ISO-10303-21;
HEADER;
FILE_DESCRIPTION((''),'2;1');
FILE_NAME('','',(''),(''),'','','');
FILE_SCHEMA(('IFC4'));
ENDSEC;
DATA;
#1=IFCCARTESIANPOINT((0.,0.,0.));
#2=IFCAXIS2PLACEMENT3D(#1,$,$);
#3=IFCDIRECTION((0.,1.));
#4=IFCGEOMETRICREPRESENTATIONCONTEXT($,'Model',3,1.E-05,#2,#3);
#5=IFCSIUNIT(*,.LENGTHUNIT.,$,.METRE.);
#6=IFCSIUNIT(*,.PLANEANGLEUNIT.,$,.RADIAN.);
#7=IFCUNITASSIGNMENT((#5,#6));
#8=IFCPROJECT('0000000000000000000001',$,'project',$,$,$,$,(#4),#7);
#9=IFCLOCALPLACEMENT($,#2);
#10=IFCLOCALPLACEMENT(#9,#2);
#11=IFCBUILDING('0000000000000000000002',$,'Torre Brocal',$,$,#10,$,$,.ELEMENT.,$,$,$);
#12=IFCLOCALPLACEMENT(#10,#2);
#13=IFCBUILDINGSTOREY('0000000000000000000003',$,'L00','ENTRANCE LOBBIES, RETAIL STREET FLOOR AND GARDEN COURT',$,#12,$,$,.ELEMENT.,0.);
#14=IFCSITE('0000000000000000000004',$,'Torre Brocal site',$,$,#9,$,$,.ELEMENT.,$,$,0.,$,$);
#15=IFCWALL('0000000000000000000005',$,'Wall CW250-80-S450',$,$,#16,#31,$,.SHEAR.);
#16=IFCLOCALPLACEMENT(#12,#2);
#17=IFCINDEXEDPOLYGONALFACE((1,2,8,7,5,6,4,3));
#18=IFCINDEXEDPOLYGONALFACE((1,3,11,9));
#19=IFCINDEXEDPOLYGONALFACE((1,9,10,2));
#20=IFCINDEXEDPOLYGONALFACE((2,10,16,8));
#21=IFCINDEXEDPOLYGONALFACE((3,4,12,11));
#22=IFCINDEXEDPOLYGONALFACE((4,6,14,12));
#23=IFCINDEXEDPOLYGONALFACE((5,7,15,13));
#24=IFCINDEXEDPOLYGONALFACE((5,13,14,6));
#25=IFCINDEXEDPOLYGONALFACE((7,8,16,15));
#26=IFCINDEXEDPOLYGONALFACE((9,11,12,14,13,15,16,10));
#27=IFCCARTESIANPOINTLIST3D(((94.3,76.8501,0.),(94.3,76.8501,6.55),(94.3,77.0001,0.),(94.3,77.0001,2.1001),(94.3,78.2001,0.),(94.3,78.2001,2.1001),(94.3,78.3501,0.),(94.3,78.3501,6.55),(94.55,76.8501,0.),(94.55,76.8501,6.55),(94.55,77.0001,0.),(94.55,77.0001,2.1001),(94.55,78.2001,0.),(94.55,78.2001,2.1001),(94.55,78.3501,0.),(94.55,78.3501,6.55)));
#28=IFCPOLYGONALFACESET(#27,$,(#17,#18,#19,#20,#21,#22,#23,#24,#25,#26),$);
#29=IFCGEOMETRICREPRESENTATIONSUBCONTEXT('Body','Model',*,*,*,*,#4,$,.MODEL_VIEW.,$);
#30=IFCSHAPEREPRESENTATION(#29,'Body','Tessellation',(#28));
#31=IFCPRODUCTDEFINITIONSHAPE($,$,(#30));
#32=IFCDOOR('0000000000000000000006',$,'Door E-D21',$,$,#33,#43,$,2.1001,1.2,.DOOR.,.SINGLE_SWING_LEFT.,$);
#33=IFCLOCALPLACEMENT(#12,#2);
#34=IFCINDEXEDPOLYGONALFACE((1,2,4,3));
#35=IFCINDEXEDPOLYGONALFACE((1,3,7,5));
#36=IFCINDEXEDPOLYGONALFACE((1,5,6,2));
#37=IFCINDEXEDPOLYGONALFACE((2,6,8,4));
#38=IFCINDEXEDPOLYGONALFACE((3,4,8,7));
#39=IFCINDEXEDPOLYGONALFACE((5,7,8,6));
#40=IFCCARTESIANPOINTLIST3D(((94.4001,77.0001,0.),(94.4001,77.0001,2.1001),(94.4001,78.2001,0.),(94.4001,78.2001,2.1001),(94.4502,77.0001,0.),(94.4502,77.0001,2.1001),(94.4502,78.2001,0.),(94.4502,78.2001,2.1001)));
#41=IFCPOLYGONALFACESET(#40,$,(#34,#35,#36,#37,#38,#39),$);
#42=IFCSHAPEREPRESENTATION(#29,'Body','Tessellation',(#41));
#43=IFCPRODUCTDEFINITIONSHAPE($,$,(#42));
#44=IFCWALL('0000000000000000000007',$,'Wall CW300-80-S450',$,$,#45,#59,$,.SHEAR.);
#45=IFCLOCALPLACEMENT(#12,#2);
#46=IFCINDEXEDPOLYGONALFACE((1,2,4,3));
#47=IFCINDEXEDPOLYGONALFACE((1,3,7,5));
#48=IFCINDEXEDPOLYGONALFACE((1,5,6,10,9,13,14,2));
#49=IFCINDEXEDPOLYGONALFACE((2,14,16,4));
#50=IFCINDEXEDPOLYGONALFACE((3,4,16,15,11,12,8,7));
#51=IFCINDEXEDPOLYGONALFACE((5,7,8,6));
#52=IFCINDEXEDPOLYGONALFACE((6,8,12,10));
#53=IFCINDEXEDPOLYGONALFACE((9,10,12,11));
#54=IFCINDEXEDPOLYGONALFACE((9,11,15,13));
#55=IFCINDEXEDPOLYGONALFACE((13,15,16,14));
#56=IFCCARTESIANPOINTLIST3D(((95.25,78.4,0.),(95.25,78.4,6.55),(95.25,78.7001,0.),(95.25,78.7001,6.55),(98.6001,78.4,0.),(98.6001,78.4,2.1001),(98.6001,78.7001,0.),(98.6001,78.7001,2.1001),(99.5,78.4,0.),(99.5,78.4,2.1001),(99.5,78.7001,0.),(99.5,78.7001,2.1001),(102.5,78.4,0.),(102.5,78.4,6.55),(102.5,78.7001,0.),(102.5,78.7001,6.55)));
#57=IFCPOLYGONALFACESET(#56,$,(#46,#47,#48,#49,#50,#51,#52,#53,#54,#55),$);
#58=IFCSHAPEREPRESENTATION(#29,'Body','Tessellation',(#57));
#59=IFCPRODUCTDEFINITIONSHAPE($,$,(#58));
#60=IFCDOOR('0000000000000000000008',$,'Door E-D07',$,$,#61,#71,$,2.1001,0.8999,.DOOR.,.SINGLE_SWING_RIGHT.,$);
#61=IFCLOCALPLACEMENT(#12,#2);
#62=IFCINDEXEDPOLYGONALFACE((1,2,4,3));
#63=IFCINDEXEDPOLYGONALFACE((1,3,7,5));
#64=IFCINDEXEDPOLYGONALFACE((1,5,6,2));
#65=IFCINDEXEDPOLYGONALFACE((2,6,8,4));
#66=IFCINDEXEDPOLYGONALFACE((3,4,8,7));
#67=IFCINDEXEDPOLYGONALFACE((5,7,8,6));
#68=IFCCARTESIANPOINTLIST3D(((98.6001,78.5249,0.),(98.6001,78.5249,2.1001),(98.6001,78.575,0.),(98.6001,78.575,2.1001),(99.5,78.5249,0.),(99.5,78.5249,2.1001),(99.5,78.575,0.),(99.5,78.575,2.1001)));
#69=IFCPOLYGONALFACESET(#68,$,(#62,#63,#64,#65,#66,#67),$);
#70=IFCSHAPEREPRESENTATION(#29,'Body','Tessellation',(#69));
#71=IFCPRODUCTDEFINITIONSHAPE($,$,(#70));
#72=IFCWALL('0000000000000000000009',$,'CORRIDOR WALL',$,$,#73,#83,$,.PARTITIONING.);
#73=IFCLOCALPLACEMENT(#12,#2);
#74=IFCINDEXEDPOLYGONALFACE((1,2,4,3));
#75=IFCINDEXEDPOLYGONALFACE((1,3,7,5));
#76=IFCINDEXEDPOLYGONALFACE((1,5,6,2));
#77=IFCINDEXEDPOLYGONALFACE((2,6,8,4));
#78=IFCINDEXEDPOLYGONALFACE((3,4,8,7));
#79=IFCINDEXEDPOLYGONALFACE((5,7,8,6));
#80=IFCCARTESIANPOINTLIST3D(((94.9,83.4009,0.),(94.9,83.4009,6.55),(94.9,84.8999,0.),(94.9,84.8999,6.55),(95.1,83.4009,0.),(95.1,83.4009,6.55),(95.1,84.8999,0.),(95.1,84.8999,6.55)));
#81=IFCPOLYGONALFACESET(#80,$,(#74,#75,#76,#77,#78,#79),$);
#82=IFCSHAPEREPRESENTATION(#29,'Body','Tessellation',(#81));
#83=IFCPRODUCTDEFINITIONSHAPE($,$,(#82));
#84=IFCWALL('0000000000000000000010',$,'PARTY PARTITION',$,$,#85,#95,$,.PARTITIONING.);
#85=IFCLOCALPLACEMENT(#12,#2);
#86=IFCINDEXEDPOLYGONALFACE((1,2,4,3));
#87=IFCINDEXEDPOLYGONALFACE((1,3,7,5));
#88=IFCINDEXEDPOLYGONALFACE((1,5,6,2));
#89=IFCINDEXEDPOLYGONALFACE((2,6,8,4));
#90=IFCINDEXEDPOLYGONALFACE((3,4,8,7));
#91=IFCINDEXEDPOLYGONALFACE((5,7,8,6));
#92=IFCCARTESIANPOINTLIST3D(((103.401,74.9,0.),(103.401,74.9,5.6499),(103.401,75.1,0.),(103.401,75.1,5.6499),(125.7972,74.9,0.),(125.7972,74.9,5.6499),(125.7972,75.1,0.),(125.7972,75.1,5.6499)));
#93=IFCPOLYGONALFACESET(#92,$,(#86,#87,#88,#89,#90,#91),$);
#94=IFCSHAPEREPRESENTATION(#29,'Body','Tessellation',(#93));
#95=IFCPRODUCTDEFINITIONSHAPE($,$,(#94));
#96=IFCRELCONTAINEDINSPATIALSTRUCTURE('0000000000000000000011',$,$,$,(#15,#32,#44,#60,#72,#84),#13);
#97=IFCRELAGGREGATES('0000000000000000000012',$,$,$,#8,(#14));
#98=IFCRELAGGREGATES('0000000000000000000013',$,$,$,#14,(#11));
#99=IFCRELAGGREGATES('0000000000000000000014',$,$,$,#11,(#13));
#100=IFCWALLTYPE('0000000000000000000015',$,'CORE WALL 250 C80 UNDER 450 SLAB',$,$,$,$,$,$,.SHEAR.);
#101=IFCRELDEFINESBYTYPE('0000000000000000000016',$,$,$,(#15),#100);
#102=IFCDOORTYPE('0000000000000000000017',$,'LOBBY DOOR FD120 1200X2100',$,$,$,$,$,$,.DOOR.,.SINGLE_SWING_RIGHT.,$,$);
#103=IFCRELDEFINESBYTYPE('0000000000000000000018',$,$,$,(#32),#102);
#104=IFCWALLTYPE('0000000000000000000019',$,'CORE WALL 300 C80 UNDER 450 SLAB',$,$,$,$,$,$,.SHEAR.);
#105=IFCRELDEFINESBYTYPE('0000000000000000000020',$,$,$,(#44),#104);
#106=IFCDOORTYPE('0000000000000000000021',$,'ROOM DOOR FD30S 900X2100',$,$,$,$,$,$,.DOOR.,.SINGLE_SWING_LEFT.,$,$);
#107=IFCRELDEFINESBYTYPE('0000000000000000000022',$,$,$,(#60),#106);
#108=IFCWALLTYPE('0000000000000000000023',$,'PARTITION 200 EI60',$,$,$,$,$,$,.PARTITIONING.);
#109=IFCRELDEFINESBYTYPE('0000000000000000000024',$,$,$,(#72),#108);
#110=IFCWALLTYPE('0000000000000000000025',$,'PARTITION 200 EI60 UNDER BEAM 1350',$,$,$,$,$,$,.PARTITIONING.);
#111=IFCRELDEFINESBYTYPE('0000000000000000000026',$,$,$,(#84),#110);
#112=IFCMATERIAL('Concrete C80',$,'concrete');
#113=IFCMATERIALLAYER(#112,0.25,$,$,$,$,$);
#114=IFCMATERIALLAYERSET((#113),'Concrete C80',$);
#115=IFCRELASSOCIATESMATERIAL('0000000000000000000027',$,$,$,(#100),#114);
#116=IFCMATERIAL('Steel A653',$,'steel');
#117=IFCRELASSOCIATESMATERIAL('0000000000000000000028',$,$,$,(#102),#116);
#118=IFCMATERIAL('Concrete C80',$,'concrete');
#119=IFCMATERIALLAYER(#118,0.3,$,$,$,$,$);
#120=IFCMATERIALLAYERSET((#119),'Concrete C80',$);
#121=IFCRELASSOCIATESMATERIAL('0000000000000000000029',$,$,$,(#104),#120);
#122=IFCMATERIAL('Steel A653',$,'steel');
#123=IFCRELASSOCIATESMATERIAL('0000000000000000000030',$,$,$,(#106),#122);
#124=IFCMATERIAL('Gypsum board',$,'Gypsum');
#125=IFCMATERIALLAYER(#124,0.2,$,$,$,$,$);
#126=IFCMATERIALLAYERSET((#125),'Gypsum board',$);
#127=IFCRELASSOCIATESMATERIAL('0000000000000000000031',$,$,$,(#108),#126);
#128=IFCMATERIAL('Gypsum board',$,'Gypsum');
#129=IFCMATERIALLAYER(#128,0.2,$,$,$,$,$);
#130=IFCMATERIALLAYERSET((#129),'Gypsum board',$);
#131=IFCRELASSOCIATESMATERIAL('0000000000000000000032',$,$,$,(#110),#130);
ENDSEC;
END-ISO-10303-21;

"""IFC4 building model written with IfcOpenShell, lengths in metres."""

from ifc_helpers import new_model, si_unit, direction, frame, frame_2d, origin, place, context, subcontext, project, spatial, rectangle, extrude, material, layer, layer_set, type_object, element, fill, save


model = new_model("IFC4")

# Units and contexts
model_context = context("Model", 3, precision=1e-05, world=origin(), true_north=direction((0.0, 1.0)))
body_context = subcontext(model_context, "Body", "Model", "MODEL_VIEW")
ifc_project = project(units=[si_unit("LENGTHUNIT", "METRE"), si_unit("PLANEANGLEUNIT", "RADIAN")], contexts=[model_context])

# Site, building, storey
site_placement = place(None, origin())
site = spatial("IfcSite", under=ifc_project, at=site_placement, Name="Torre Brocal site", CompositionType="ELEMENT", RefElevation=0.0)
building_placement = place(site_placement, origin())
building = spatial("IfcBuilding", under=site, at=building_placement, Name="Torre Brocal", CompositionType="ELEMENT")
storey_placement = place(building_placement, origin())
storey = spatial("IfcBuildingStorey", under=building, at=storey_placement, Name="L00", Description="ENTRANCE LOBBIES, RETAIL STREET FLOOR AND GARDEN COURT", CompositionType="ELEMENT", Elevation=0.0)

# Shared definitions
ifc_material_1 = material(Name="Concrete C80", Category="concrete")
ifc_layer_1 = layer(ifc_material_1, 0.25)
ifc_layer_set_1 = layer_set([ifc_layer_1], Name="Concrete C80")
wall_type_1 = type_object("IfcWallType", Name="CORE WALL 250 C80 UNDER 450 SLAB", PredefinedType="SHEAR", material=ifc_layer_set_1)

# Walls, openings, doors
wall_1_placement = place(storey_placement, frame((94.425, 76.8501, 0.0), z_axis=(0.0, 0.0, 1.0), x_axis=(0.0, 1.0, 0.0)))
wall_1 = element("IfcWall", 1, at=wall_1_placement, inside=storey, type_object=wall_type_1, Name="Wall CW250-80-S450", PredefinedType="SHEAR", context=body_context, shape_type="SweptSolid", body=[
    extrude(rectangle(XDim=1.5, YDim=0.25, at=frame_2d((0.75, 0.0))), origin(), (0.0, 0.0, 1.0), 6.55),
])
opening_1_placement = place(wall_1_placement, frame((0.1499, 0.0, 0.0)))
opening_1 = element("IfcOpeningElement", 2, at=opening_1_placement, cuts=wall_1, PredefinedType="OPENING", context=body_context, shape_type="SweptSolid", body=[
    extrude(rectangle(XDim=1.2, YDim=2.1001, at=frame_2d((0.6001, 1.05))), frame((0.0, 0.135, 0.0), z_axis=(0.0, -1.0, 0.0), x_axis=(1.0, 0.0, 0.0)), (0.0, 0.0, 1.0), 0.27),
])
ifc_material_2 = material(Name="Steel A653", Category="steel")
door_type_1 = type_object("IfcDoorType", Name="LOBBY DOOR FD120 1200X2100", OperationType="SINGLE_SWING_RIGHT", PredefinedType="DOOR", material=ifc_material_2)
door_1_placement = place(opening_1_placement, origin())
door_1 = element("IfcDoor", 3, at=door_1_placement, inside=storey, type_object=door_type_1, Name="Door E-D21", OperationType="SINGLE_SWING_LEFT", OverallHeight=2.1001, OverallWidth=1.2, PredefinedType="DOOR", context=body_context, shape_type="SweptSolid", body=[
    extrude(rectangle(XDim=1.2, YDim=2.1001, at=frame_2d((0.6001, 1.05))), frame((0.0, 0.0249, 0.0), z_axis=(0.0, -1.0, 0.0), x_axis=(1.0, 0.0, 0.0)), (0.0, 0.0, 1.0), 0.05),
])
fill(opening_1, door_1)
ifc_material_3 = material(Name="Concrete C80", Category="concrete")
ifc_layer_2 = layer(ifc_material_3, 0.3)
ifc_layer_set_2 = layer_set([ifc_layer_2], Name="Concrete C80")
wall_type_2 = type_object("IfcWallType", Name="CORE WALL 300 C80 UNDER 450 SLAB", PredefinedType="SHEAR", material=ifc_layer_set_2)
wall_2_placement = place(storey_placement, frame((95.25, 78.55, 0.0), z_axis=(0.0, 0.0, 1.0), x_axis=(1.0, 0.0, 0.0)))
wall_2 = element("IfcWall", 4, at=wall_2_placement, inside=storey, type_object=wall_type_2, Name="Wall CW300-80-S450", PredefinedType="SHEAR", context=body_context, shape_type="SweptSolid", body=[
    extrude(rectangle(XDim=7.25, YDim=0.3, at=frame_2d((3.625, 0.0))), origin(), (0.0, 0.0, 1.0), 6.55),
])
opening_2_placement = place(wall_2_placement, frame((3.3501, 0.0, 0.0)))
opening_2 = element("IfcOpeningElement", 5, at=opening_2_placement, cuts=wall_2, PredefinedType="OPENING", context=body_context, shape_type="SweptSolid", body=[
    extrude(rectangle(XDim=0.8999, YDim=2.1001, at=frame_2d((0.45, 1.05))), frame((0.0, 0.1599, 0.0), z_axis=(0.0, -1.0, 0.0), x_axis=(1.0, 0.0, 0.0)), (0.0, 0.0, 1.0), 0.3201),
])
ifc_material_4 = material(Name="Steel A653", Category="steel")
door_type_2 = type_object("IfcDoorType", Name="ROOM DOOR FD30S 900X2100", OperationType="SINGLE_SWING_LEFT", PredefinedType="DOOR", material=ifc_material_4)
door_2_placement = place(opening_2_placement, origin())
door_2 = element("IfcDoor", 6, at=door_2_placement, inside=storey, type_object=door_type_2, Name="Door E-D07", OperationType="SINGLE_SWING_RIGHT", OverallHeight=2.1001, OverallWidth=0.8999, PredefinedType="DOOR", context=body_context, shape_type="SweptSolid", body=[
    extrude(rectangle(XDim=0.8999, YDim=2.1001, at=frame_2d((0.45, 1.05))), frame((0.0, 0.0249, 0.0), z_axis=(0.0, -1.0, 0.0), x_axis=(1.0, 0.0, 0.0)), (0.0, 0.0, 1.0), 0.05),
])
fill(opening_2, door_2)

# Walls
ifc_material_5 = material(Name="Gypsum board", Category="Gypsum")
ifc_layer_3 = layer(ifc_material_5, 0.2)
ifc_layer_set_3 = layer_set([ifc_layer_3], Name="Gypsum board")
wall_type_3 = type_object("IfcWallType", Name="PARTITION 200 EI60", PredefinedType="PARTITIONING", material=ifc_layer_set_3)
wall_3_placement = place(storey_placement, frame((95.0, 83.4009, 0.0), z_axis=(0.0, 0.0, 1.0), x_axis=(0.0, 1.0, 0.0)))
element("IfcWall", 7, at=wall_3_placement, inside=storey, type_object=wall_type_3, Name="CORRIDOR WALL", PredefinedType="PARTITIONING", context=body_context, shape_type="SweptSolid", body=[
    extrude(rectangle(XDim=1.499, YDim=0.2, at=frame_2d((0.7495, 0.0))), origin(), (0.0, 0.0, 1.0), 6.55),
])
ifc_material_6 = material(Name="Gypsum board", Category="Gypsum")
ifc_layer_4 = layer(ifc_material_6, 0.2)
ifc_layer_set_4 = layer_set([ifc_layer_4], Name="Gypsum board")
wall_type_4 = type_object("IfcWallType", Name="PARTITION 200 EI60 UNDER BEAM 1350", PredefinedType="PARTITIONING", material=ifc_layer_set_4)
wall_4_placement = place(storey_placement, frame((103.4009, 75.0, 0.0), z_axis=(0.0, 0.0, 1.0), x_axis=(1.0, 0.0, 0.0)))
element("IfcWall", 8, at=wall_4_placement, inside=storey, type_object=wall_type_4, Name="PARTY PARTITION", PredefinedType="PARTITIONING", context=body_context, shape_type="SweptSolid", body=[
    extrude(rectangle(XDim=22.3962, YDim=0.2, at=frame_2d((11.1982, 0.0))), origin(), (0.0, 0.0, 1.0), 5.6499),
])

save(model, "model.ifc")
